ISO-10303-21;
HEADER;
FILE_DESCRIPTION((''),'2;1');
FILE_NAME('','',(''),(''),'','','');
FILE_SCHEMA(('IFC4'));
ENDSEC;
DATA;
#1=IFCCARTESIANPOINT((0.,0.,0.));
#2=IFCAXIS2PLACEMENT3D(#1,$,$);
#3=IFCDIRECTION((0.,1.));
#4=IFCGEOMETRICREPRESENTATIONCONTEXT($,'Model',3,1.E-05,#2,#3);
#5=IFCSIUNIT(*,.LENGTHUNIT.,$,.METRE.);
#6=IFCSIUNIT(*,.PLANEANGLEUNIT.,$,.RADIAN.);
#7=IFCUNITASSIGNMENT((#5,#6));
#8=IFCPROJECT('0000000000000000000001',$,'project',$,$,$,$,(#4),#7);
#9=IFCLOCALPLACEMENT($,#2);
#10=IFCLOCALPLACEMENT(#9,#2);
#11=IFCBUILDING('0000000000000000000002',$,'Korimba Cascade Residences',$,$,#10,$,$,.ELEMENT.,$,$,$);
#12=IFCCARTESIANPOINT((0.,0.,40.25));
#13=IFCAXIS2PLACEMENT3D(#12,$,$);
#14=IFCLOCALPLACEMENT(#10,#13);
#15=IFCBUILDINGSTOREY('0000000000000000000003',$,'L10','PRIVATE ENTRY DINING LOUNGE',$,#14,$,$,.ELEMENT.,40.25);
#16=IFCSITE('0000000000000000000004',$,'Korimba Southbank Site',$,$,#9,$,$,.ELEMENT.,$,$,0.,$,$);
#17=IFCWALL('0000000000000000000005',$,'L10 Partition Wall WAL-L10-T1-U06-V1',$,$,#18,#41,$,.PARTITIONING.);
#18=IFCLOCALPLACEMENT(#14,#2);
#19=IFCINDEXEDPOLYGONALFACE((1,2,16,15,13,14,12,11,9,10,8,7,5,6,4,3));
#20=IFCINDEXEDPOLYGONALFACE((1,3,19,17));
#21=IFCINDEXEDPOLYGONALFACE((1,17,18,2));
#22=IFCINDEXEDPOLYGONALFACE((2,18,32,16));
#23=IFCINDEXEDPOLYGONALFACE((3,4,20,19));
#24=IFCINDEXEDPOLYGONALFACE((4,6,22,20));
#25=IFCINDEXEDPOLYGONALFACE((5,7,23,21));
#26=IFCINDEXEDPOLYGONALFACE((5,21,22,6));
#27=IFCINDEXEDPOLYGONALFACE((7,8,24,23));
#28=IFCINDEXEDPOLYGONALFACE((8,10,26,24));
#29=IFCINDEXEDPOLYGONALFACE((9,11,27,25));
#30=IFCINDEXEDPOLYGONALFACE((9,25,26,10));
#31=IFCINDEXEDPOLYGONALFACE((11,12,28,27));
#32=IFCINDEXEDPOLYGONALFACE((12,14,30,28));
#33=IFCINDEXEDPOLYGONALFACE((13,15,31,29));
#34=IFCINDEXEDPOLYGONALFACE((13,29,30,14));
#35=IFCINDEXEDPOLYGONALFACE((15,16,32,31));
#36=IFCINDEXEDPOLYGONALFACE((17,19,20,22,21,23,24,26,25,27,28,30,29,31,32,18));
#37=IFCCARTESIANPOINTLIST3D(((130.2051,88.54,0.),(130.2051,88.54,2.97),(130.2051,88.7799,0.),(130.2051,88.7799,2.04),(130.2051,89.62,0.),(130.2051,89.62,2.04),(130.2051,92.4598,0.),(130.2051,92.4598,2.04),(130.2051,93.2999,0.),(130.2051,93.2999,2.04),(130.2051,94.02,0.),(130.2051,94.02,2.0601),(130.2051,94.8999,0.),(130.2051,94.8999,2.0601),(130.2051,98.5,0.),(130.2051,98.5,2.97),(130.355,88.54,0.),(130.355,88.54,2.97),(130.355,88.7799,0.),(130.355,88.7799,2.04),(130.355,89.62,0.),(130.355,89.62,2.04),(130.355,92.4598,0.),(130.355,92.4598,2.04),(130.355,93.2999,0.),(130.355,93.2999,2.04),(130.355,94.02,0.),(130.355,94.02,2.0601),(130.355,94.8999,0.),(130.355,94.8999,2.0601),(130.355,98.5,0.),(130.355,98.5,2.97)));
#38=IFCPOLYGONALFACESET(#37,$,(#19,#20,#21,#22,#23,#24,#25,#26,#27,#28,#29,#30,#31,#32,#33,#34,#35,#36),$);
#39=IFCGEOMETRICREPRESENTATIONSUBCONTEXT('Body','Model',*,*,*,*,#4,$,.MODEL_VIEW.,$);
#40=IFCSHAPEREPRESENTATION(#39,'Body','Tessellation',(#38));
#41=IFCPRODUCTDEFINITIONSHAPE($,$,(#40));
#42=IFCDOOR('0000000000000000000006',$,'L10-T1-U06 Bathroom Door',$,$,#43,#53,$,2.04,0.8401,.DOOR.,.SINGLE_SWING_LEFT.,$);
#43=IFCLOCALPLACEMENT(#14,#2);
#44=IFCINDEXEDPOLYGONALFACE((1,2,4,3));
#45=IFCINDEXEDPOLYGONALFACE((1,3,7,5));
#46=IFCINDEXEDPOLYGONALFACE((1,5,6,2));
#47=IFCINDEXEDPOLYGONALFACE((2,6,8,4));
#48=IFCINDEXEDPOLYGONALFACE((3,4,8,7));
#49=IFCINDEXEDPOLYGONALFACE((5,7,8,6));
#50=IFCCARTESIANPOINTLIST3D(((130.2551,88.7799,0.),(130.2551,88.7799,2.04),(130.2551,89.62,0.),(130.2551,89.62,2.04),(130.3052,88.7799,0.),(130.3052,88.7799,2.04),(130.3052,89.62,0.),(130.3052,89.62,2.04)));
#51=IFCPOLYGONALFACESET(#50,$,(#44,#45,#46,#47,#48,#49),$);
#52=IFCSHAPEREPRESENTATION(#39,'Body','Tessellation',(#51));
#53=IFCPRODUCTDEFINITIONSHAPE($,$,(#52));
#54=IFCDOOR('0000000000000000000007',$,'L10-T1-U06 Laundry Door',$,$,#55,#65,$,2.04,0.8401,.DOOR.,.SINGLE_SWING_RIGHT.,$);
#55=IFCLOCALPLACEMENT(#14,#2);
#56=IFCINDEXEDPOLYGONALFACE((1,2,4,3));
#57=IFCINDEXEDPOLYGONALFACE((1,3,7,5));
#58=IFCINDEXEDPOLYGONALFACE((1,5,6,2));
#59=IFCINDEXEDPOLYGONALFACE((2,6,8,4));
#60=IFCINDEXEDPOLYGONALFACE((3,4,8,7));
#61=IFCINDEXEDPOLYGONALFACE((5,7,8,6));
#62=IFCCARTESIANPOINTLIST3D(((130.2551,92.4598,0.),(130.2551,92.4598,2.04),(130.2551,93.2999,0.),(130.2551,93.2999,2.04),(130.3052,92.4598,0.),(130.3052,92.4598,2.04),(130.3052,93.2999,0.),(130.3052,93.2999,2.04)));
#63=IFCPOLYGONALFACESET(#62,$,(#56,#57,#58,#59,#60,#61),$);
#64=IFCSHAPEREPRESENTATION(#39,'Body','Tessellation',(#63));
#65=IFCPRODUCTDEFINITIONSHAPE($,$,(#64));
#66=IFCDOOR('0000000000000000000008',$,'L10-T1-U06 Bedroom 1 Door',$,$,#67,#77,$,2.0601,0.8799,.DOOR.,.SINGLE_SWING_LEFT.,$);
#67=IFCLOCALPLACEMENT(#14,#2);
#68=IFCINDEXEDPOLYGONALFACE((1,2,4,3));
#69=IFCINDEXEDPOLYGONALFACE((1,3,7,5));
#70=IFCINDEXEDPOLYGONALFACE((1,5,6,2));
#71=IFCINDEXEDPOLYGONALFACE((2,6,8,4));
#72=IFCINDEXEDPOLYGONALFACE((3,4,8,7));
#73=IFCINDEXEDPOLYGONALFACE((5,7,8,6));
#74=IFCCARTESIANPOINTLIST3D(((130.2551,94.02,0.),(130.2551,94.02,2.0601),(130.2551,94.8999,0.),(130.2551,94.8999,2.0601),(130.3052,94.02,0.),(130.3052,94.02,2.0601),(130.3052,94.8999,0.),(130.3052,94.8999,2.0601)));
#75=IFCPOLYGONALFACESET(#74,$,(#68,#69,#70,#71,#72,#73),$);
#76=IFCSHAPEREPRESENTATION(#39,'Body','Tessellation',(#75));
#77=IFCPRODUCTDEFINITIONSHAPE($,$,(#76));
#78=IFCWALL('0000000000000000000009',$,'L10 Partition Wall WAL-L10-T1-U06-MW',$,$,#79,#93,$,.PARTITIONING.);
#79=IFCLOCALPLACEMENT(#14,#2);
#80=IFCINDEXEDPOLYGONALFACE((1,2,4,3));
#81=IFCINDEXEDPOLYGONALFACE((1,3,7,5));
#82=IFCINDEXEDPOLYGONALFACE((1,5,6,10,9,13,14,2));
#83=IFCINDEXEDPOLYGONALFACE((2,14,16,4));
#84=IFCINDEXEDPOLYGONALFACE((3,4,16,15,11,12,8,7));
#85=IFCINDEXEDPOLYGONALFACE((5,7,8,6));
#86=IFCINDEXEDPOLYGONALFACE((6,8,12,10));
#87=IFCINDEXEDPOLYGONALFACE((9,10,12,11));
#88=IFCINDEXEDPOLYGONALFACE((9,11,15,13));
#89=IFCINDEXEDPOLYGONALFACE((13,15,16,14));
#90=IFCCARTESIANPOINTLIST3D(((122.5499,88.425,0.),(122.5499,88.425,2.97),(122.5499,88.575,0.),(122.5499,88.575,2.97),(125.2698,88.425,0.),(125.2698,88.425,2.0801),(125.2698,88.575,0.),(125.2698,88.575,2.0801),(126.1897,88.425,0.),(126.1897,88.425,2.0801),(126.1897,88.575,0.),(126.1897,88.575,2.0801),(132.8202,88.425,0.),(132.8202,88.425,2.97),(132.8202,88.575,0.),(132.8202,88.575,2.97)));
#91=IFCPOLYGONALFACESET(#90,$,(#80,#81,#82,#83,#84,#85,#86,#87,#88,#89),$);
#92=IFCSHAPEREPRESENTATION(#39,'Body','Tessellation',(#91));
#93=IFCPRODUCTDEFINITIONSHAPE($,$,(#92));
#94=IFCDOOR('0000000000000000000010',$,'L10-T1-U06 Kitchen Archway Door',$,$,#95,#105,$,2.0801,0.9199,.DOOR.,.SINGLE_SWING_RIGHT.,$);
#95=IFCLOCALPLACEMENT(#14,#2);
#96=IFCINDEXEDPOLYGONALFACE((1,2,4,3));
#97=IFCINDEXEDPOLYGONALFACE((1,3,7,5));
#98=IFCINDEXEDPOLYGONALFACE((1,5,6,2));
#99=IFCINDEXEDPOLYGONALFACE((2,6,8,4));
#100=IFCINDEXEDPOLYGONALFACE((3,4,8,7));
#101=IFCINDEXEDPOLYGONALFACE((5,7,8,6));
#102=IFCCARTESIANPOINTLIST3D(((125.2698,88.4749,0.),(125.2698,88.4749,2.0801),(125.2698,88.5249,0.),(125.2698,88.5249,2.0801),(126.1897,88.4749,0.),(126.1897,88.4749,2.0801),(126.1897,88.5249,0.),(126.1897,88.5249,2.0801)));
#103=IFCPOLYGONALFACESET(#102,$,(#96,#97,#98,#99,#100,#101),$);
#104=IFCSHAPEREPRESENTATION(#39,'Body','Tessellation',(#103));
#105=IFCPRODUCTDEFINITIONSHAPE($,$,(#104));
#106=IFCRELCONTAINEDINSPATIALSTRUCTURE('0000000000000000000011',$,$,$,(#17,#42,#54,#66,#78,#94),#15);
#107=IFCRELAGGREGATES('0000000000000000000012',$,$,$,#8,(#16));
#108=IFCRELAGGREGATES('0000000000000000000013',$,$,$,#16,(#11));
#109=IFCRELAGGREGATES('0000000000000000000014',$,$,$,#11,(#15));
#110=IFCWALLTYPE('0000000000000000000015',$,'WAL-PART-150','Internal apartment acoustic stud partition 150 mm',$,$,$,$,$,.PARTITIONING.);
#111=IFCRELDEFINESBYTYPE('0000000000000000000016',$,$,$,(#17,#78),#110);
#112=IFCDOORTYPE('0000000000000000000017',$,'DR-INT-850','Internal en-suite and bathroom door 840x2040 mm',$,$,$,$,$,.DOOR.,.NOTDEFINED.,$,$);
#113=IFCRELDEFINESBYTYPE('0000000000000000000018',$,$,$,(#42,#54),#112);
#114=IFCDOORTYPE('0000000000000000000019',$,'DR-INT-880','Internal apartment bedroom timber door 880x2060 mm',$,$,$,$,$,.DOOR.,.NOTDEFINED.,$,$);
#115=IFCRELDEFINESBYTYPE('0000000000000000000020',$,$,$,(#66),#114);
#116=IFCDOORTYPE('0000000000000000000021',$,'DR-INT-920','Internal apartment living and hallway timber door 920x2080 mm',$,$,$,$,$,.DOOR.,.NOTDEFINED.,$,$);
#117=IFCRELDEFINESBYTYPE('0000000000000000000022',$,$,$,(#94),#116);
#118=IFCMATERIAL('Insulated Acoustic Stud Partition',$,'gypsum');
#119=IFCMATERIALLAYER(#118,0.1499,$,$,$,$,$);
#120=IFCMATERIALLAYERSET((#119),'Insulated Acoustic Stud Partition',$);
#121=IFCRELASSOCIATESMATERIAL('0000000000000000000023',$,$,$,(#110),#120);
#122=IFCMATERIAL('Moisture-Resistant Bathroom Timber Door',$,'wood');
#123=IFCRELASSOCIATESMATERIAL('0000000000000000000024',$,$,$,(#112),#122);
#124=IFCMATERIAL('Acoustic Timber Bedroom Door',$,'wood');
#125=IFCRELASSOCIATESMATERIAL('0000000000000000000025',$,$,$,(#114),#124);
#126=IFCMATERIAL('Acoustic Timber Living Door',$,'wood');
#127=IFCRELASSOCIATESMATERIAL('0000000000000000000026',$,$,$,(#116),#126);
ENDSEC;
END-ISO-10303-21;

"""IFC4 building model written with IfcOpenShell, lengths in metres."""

from ifc_helpers import new_model, si_unit, direction, frame, frame_2d, origin, place, context, subcontext, project, spatial, rectangle, extrude, material, layer, layer_set, type_object, element, fill, save


model = new_model("IFC4")

# Units and contexts
model_context = context("Model", 3, precision=1e-05, world=origin(), true_north=direction((0.0, 1.0)))
body_context = subcontext(model_context, "Body", "Model", "MODEL_VIEW")
ifc_project = project(units=[si_unit("LENGTHUNIT", "METRE"), si_unit("PLANEANGLEUNIT", "RADIAN")], contexts=[model_context])

# Site, building, storey
site_placement = place(None, origin())
site = spatial("IfcSite", under=ifc_project, at=site_placement, Name="Korimba Southbank Site", CompositionType="ELEMENT", RefElevation=0.0)
building_placement = place(site_placement, origin())
building = spatial("IfcBuilding", under=site, at=building_placement, Name="Korimba Cascade Residences", CompositionType="ELEMENT")
storey_placement = place(building_placement, frame((0.0, 0.0, 40.25)))
storey = spatial("IfcBuildingStorey", under=building, at=storey_placement, Name="L10", Description="PRIVATE ENTRY DINING LOUNGE", CompositionType="ELEMENT", Elevation=40.25)

# Shared definitions
ifc_material_1 = material(Name="Insulated Acoustic Stud Partition", Category="gypsum")
ifc_layer_1 = layer(ifc_material_1, 0.1499)
ifc_layer_set_1 = layer_set([ifc_layer_1], Name="Insulated Acoustic Stud Partition")
wall_type_1 = type_object("IfcWallType", Name="WAL-PART-150", Description="Internal apartment acoustic stud partition 150 mm", PredefinedType="PARTITIONING", material=ifc_layer_set_1)
ifc_material_2 = material(Name="Moisture-Resistant Bathroom Timber Door", Category="wood")
door_type_1 = type_object("IfcDoorType", Name="DR-INT-850", Description="Internal en-suite and bathroom door 840x2040 mm", OperationType="NOTDEFINED", PredefinedType="DOOR", material=ifc_material_2)
ifc_material_3 = material(Name="Acoustic Timber Bedroom Door", Category="wood")
door_type_2 = type_object("IfcDoorType", Name="DR-INT-880", Description="Internal apartment bedroom timber door 880x2060 mm", OperationType="NOTDEFINED", PredefinedType="DOOR", material=ifc_material_3)

# Wall, openings, doors
wall_1_placement = place(storey_placement, frame((130.28, 88.54, 0.0), z_axis=(0.0, 0.0, 1.0), x_axis=(0.0, 1.0, 0.0)))
wall_1 = element("IfcWall", 1, at=wall_1_placement, inside=storey, type_object=wall_type_1, Name="L10 Partition Wall WAL-L10-T1-U06-V1", PredefinedType="PARTITIONING", context=body_context, shape_type="SweptSolid", body=[
    extrude(rectangle(XDim=9.96, YDim=0.1499, at=frame_2d((4.98, 0.0))), origin(), (0.0, 0.0, 1.0), 2.97),
])
opening_1_placement = place(wall_1_placement, frame((0.24, 0.0, 0.0)))
opening_1 = element("IfcOpeningElement", 2, at=opening_1_placement, cuts=wall_1, PredefinedType="OPENING", context=body_context, shape_type="SweptSolid", body=[
    extrude(rectangle(XDim=0.8401, YDim=2.04, at=frame_2d((0.4199, 1.02))), frame((0.0, 0.085, 0.0), z_axis=(0.0, -1.0, 0.0), x_axis=(1.0, 0.0, 0.0)), (0.0, 0.0, 1.0), 0.1699),
])
opening_2_placement = place(wall_1_placement, frame((3.9199, 0.0, 0.0)))
opening_2 = element("IfcOpeningElement", 3, at=opening_2_placement, cuts=wall_1, PredefinedType="OPENING", context=body_context, shape_type="SweptSolid", body=[
    extrude(rectangle(XDim=0.8401, YDim=2.04, at=frame_2d((0.4199, 1.02))), frame((0.0, 0.085, 0.0), z_axis=(0.0, -1.0, 0.0), x_axis=(1.0, 0.0, 0.0)), (0.0, 0.0, 1.0), 0.1699),
])
opening_3_placement = place(wall_1_placement, frame((5.48, 0.0, 0.0)))
opening_3 = element("IfcOpeningElement", 4, at=opening_3_placement, cuts=wall_1, PredefinedType="OPENING", context=body_context, shape_type="SweptSolid", body=[
    extrude(rectangle(XDim=0.8799, YDim=2.0601, at=frame_2d((0.4399, 1.03))), frame((0.0, 0.085, 0.0), z_axis=(0.0, -1.0, 0.0), x_axis=(1.0, 0.0, 0.0)), (0.0, 0.0, 1.0), 0.1699),
])
door_1_placement = place(opening_1_placement, origin())
door_1 = element("IfcDoor", 5, at=door_1_placement, inside=storey, type_object=door_type_1, Name="L10-T1-U06 Bathroom Door", OperationType="SINGLE_SWING_LEFT", OverallHeight=2.04, OverallWidth=0.8401, PredefinedType="DOOR", context=body_context, shape_type="SweptSolid", body=[
    extrude(rectangle(XDim=0.8401, YDim=2.04, at=frame_2d((0.4199, 1.02))), frame((0.0, 0.0249, 0.0), z_axis=(0.0, -1.0, 0.0), x_axis=(1.0, 0.0, 0.0)), (0.0, 0.0, 1.0), 0.05),
])
fill(opening_1, door_1)
door_2_placement = place(opening_2_placement, origin())
door_2 = element("IfcDoor", 6, at=door_2_placement, inside=storey, type_object=door_type_1, Name="L10-T1-U06 Laundry Door", OperationType="SINGLE_SWING_RIGHT", OverallHeight=2.04, OverallWidth=0.8401, PredefinedType="DOOR", context=body_context, shape_type="SweptSolid", body=[
    extrude(rectangle(XDim=0.8401, YDim=2.04, at=frame_2d((0.4199, 1.02))), frame((0.0, 0.0249, 0.0), z_axis=(0.0, -1.0, 0.0), x_axis=(1.0, 0.0, 0.0)), (0.0, 0.0, 1.0), 0.05),
])
fill(opening_2, door_2)
door_3_placement = place(opening_3_placement, origin())
door_3 = element("IfcDoor", 7, at=door_3_placement, inside=storey, type_object=door_type_2, Name="L10-T1-U06 Bedroom 1 Door", OperationType="SINGLE_SWING_LEFT", OverallHeight=2.0601, OverallWidth=0.8799, PredefinedType="DOOR", context=body_context, shape_type="SweptSolid", body=[
    extrude(rectangle(XDim=0.8799, YDim=2.0601, at=frame_2d((0.4399, 1.03))), frame((0.0, 0.0249, 0.0), z_axis=(0.0, -1.0, 0.0), x_axis=(1.0, 0.0, 0.0)), (0.0, 0.0, 1.0), 0.05),
])
fill(opening_3, door_3)

# Wall, opening, door
wall_2_placement = place(storey_placement, frame((122.5498, 88.5, 0.0), z_axis=(0.0, 0.0, 1.0), x_axis=(1.0, 0.0, 0.0)))
wall_2 = element("IfcWall", 8, at=wall_2_placement, inside=storey, type_object=wall_type_1, Name="L10 Partition Wall WAL-L10-T1-U06-MW", PredefinedType="PARTITIONING", context=body_context, shape_type="SweptSolid", body=[
    extrude(rectangle(XDim=10.2703, YDim=0.1499, at=frame_2d((5.1353, 0.0))), origin(), (0.0, 0.0, 1.0), 2.97),
])
opening_4_placement = place(wall_2_placement, frame((2.72, 0.0, 0.0)))
opening_4 = element("IfcOpeningElement", 9, at=opening_4_placement, cuts=wall_2, PredefinedType="OPENING", context=body_context, shape_type="SweptSolid", body=[
    extrude(rectangle(XDim=0.9199, YDim=2.0801, at=frame_2d((0.46, 1.04))), frame((0.0, 0.085, 0.0), z_axis=(0.0, -1.0, 0.0), x_axis=(1.0, 0.0, 0.0)), (0.0, 0.0, 1.0), 0.1699),
])
ifc_material_4 = material(Name="Acoustic Timber Living Door", Category="wood")
door_type_3 = type_object("IfcDoorType", Name="DR-INT-920", Description="Internal apartment living and hallway timber door 920x2080 mm", OperationType="NOTDEFINED", PredefinedType="DOOR", material=ifc_material_4)
door_4_placement = place(opening_4_placement, origin())
door_4 = element("IfcDoor", 10, at=door_4_placement, inside=storey, type_object=door_type_3, Name="L10-T1-U06 Kitchen Archway Door", OperationType="SINGLE_SWING_RIGHT", OverallHeight=2.0801, OverallWidth=0.9199, PredefinedType="DOOR", context=body_context, shape_type="SweptSolid", body=[
    extrude(rectangle(XDim=0.9199, YDim=2.0801, at=frame_2d((0.46, 1.04))), frame((0.0, 0.0249, 0.0), z_axis=(0.0, -1.0, 0.0), x_axis=(1.0, 0.0, 0.0)), (0.0, 0.0, 1.0), 0.05),
])
fill(opening_4, door_4)

save(model, "model.ifc")
